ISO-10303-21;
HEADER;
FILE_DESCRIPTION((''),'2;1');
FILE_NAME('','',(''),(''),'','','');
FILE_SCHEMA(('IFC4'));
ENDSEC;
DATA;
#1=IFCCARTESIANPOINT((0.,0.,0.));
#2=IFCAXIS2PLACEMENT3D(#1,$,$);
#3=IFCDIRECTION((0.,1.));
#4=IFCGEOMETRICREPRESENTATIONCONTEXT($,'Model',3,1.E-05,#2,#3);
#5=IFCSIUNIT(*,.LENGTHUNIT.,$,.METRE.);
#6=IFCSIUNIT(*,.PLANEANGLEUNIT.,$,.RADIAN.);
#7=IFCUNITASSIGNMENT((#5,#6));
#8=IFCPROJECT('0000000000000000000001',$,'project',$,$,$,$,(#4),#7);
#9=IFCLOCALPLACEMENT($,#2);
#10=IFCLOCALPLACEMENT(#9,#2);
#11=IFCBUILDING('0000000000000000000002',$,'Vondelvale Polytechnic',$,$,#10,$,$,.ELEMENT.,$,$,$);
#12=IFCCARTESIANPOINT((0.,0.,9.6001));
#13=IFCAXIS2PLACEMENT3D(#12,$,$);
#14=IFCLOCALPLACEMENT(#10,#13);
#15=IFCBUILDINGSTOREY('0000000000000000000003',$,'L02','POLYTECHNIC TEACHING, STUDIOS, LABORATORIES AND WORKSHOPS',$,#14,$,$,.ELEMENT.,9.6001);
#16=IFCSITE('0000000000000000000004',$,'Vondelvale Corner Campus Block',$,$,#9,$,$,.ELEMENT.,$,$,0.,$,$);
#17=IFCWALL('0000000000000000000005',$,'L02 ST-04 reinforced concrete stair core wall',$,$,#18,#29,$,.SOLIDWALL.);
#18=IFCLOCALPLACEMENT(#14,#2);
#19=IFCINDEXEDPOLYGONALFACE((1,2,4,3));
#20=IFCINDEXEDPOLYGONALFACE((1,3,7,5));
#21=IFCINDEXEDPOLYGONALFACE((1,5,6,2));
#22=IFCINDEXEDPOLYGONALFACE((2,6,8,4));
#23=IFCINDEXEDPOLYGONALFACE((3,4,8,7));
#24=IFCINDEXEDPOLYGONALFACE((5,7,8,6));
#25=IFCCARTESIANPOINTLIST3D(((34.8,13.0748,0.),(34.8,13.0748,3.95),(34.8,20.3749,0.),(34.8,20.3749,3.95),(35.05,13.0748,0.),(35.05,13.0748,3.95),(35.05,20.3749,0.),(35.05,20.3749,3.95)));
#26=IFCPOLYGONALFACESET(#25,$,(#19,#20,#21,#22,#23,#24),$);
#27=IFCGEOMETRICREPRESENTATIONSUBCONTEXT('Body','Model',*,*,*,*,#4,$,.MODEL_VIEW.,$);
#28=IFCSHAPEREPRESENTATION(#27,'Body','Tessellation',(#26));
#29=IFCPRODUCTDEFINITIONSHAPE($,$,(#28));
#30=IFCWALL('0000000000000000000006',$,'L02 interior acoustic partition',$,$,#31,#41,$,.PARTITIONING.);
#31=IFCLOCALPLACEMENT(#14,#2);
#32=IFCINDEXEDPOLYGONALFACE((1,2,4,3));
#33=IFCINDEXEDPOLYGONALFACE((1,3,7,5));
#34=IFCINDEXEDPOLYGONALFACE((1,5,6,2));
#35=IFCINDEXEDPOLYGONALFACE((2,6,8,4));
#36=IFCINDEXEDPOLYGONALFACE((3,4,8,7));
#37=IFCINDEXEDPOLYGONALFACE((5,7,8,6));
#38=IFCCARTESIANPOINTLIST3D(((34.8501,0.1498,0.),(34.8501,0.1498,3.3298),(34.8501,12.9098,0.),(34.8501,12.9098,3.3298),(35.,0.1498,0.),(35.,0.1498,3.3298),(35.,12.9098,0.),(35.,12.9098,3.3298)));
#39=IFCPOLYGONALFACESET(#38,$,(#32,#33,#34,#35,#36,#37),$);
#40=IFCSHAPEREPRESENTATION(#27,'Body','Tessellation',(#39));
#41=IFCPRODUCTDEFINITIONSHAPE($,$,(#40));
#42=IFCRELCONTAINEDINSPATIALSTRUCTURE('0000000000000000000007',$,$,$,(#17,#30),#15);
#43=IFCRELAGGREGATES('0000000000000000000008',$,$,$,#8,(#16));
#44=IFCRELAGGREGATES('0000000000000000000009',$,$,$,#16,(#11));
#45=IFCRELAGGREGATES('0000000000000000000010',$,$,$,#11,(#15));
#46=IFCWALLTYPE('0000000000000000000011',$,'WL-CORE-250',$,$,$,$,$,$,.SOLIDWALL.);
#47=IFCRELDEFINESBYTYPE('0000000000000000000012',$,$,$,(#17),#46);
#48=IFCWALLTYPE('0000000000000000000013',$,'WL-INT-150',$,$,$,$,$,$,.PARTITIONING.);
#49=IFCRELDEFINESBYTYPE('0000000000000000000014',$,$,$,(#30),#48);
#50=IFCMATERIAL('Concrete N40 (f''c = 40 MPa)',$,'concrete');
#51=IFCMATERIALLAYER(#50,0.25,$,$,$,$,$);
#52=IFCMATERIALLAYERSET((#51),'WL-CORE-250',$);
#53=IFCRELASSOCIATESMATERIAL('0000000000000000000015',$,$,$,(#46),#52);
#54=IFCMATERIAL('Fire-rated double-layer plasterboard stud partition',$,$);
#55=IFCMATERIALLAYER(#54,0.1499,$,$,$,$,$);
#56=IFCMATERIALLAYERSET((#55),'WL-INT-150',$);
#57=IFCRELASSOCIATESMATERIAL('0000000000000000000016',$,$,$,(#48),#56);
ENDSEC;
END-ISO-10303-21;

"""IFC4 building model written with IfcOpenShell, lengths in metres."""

from ifc_helpers import new_model, si_unit, direction, frame, frame_2d, origin, place, context, subcontext, project, spatial, rectangle, extrude, material, layer, layer_set, type_object, element, save


model = new_model("IFC4")

# Units and contexts
model_context = context("Model", 3, precision=1e-05, world=origin(), true_north=direction((0.0, 1.0)))
body_context = subcontext(model_context, "Body", "Model", "MODEL_VIEW")
ifc_project = project(units=[si_unit("LENGTHUNIT", "METRE"), si_unit("PLANEANGLEUNIT", "RADIAN")], contexts=[model_context])

# Site, building, storey
site_placement = place(None, origin())
site = spatial("IfcSite", under=ifc_project, at=site_placement, Name="Vondelvale Corner Campus Block", CompositionType="ELEMENT", RefElevation=0.0)
building_placement = place(site_placement, origin())
building = spatial("IfcBuilding", under=site, at=building_placement, Name="Vondelvale Polytechnic", CompositionType="ELEMENT")
storey_placement = place(building_placement, frame((0.0, 0.0, 9.6001)))
storey = spatial("IfcBuildingStorey", under=building, at=storey_placement, Name="L02", Description="POLYTECHNIC TEACHING, STUDIOS, LABORATORIES AND WORKSHOPS", CompositionType="ELEMENT", Elevation=9.6001)

# Shared definitions
ifc_material_1 = material(Name="Concrete N40 (f'c = 40 MPa)", Category="concrete")

# Walls
ifc_layer_1 = layer(ifc_material_1, 0.25)
ifc_layer_set_1 = layer_set([ifc_layer_1], Name="WL-CORE-250")
wall_type_1 = type_object("IfcWallType", Name="WL-CORE-250", PredefinedType="SOLIDWALL", material=ifc_layer_set_1)
wall_1_placement = place(storey_placement, frame((34.925, 13.075, 0.0), z_axis=(0.0, 0.0, 1.0), x_axis=(0.0, 1.0, 0.0)))
element("IfcWall", 1, at=wall_1_placement, inside=storey, type_object=wall_type_1, Name="L02 ST-04 reinforced concrete stair core wall", PredefinedType="SOLIDWALL", context=body_context, shape_type="SweptSolid", body=[
    extrude(rectangle(XDim=7.3, YDim=0.25, at=frame_2d((3.6499, 0.0))), origin(), (0.0, 0.0, 1.0), 3.95),
])
ifc_material_2 = material(Name="Fire-rated double-layer plasterboard stud partition")
ifc_layer_2 = layer(ifc_material_2, 0.1499)
ifc_layer_set_2 = layer_set([ifc_layer_2], Name="WL-INT-150")
wall_type_2 = type_object("IfcWallType", Name="WL-INT-150", PredefinedType="PARTITIONING", material=ifc_layer_set_2)
wall_2_placement = place(storey_placement, frame((34.925, 0.1499, 0.0), z_axis=(0.0, 0.0, 1.0), x_axis=(0.0, 1.0, 0.0)))
element("IfcWall", 2, at=wall_2_placement, inside=storey, type_object=wall_type_2, Name="L02 interior acoustic partition", PredefinedType="PARTITIONING", context=body_context, shape_type="SweptSolid", body=[
    extrude(rectangle(XDim=12.76, YDim=0.1499, at=frame_2d((6.3799, 0.0))), origin(), (0.0, 0.0, 1.0), 3.3298),
])

save(model, "model.ifc")
